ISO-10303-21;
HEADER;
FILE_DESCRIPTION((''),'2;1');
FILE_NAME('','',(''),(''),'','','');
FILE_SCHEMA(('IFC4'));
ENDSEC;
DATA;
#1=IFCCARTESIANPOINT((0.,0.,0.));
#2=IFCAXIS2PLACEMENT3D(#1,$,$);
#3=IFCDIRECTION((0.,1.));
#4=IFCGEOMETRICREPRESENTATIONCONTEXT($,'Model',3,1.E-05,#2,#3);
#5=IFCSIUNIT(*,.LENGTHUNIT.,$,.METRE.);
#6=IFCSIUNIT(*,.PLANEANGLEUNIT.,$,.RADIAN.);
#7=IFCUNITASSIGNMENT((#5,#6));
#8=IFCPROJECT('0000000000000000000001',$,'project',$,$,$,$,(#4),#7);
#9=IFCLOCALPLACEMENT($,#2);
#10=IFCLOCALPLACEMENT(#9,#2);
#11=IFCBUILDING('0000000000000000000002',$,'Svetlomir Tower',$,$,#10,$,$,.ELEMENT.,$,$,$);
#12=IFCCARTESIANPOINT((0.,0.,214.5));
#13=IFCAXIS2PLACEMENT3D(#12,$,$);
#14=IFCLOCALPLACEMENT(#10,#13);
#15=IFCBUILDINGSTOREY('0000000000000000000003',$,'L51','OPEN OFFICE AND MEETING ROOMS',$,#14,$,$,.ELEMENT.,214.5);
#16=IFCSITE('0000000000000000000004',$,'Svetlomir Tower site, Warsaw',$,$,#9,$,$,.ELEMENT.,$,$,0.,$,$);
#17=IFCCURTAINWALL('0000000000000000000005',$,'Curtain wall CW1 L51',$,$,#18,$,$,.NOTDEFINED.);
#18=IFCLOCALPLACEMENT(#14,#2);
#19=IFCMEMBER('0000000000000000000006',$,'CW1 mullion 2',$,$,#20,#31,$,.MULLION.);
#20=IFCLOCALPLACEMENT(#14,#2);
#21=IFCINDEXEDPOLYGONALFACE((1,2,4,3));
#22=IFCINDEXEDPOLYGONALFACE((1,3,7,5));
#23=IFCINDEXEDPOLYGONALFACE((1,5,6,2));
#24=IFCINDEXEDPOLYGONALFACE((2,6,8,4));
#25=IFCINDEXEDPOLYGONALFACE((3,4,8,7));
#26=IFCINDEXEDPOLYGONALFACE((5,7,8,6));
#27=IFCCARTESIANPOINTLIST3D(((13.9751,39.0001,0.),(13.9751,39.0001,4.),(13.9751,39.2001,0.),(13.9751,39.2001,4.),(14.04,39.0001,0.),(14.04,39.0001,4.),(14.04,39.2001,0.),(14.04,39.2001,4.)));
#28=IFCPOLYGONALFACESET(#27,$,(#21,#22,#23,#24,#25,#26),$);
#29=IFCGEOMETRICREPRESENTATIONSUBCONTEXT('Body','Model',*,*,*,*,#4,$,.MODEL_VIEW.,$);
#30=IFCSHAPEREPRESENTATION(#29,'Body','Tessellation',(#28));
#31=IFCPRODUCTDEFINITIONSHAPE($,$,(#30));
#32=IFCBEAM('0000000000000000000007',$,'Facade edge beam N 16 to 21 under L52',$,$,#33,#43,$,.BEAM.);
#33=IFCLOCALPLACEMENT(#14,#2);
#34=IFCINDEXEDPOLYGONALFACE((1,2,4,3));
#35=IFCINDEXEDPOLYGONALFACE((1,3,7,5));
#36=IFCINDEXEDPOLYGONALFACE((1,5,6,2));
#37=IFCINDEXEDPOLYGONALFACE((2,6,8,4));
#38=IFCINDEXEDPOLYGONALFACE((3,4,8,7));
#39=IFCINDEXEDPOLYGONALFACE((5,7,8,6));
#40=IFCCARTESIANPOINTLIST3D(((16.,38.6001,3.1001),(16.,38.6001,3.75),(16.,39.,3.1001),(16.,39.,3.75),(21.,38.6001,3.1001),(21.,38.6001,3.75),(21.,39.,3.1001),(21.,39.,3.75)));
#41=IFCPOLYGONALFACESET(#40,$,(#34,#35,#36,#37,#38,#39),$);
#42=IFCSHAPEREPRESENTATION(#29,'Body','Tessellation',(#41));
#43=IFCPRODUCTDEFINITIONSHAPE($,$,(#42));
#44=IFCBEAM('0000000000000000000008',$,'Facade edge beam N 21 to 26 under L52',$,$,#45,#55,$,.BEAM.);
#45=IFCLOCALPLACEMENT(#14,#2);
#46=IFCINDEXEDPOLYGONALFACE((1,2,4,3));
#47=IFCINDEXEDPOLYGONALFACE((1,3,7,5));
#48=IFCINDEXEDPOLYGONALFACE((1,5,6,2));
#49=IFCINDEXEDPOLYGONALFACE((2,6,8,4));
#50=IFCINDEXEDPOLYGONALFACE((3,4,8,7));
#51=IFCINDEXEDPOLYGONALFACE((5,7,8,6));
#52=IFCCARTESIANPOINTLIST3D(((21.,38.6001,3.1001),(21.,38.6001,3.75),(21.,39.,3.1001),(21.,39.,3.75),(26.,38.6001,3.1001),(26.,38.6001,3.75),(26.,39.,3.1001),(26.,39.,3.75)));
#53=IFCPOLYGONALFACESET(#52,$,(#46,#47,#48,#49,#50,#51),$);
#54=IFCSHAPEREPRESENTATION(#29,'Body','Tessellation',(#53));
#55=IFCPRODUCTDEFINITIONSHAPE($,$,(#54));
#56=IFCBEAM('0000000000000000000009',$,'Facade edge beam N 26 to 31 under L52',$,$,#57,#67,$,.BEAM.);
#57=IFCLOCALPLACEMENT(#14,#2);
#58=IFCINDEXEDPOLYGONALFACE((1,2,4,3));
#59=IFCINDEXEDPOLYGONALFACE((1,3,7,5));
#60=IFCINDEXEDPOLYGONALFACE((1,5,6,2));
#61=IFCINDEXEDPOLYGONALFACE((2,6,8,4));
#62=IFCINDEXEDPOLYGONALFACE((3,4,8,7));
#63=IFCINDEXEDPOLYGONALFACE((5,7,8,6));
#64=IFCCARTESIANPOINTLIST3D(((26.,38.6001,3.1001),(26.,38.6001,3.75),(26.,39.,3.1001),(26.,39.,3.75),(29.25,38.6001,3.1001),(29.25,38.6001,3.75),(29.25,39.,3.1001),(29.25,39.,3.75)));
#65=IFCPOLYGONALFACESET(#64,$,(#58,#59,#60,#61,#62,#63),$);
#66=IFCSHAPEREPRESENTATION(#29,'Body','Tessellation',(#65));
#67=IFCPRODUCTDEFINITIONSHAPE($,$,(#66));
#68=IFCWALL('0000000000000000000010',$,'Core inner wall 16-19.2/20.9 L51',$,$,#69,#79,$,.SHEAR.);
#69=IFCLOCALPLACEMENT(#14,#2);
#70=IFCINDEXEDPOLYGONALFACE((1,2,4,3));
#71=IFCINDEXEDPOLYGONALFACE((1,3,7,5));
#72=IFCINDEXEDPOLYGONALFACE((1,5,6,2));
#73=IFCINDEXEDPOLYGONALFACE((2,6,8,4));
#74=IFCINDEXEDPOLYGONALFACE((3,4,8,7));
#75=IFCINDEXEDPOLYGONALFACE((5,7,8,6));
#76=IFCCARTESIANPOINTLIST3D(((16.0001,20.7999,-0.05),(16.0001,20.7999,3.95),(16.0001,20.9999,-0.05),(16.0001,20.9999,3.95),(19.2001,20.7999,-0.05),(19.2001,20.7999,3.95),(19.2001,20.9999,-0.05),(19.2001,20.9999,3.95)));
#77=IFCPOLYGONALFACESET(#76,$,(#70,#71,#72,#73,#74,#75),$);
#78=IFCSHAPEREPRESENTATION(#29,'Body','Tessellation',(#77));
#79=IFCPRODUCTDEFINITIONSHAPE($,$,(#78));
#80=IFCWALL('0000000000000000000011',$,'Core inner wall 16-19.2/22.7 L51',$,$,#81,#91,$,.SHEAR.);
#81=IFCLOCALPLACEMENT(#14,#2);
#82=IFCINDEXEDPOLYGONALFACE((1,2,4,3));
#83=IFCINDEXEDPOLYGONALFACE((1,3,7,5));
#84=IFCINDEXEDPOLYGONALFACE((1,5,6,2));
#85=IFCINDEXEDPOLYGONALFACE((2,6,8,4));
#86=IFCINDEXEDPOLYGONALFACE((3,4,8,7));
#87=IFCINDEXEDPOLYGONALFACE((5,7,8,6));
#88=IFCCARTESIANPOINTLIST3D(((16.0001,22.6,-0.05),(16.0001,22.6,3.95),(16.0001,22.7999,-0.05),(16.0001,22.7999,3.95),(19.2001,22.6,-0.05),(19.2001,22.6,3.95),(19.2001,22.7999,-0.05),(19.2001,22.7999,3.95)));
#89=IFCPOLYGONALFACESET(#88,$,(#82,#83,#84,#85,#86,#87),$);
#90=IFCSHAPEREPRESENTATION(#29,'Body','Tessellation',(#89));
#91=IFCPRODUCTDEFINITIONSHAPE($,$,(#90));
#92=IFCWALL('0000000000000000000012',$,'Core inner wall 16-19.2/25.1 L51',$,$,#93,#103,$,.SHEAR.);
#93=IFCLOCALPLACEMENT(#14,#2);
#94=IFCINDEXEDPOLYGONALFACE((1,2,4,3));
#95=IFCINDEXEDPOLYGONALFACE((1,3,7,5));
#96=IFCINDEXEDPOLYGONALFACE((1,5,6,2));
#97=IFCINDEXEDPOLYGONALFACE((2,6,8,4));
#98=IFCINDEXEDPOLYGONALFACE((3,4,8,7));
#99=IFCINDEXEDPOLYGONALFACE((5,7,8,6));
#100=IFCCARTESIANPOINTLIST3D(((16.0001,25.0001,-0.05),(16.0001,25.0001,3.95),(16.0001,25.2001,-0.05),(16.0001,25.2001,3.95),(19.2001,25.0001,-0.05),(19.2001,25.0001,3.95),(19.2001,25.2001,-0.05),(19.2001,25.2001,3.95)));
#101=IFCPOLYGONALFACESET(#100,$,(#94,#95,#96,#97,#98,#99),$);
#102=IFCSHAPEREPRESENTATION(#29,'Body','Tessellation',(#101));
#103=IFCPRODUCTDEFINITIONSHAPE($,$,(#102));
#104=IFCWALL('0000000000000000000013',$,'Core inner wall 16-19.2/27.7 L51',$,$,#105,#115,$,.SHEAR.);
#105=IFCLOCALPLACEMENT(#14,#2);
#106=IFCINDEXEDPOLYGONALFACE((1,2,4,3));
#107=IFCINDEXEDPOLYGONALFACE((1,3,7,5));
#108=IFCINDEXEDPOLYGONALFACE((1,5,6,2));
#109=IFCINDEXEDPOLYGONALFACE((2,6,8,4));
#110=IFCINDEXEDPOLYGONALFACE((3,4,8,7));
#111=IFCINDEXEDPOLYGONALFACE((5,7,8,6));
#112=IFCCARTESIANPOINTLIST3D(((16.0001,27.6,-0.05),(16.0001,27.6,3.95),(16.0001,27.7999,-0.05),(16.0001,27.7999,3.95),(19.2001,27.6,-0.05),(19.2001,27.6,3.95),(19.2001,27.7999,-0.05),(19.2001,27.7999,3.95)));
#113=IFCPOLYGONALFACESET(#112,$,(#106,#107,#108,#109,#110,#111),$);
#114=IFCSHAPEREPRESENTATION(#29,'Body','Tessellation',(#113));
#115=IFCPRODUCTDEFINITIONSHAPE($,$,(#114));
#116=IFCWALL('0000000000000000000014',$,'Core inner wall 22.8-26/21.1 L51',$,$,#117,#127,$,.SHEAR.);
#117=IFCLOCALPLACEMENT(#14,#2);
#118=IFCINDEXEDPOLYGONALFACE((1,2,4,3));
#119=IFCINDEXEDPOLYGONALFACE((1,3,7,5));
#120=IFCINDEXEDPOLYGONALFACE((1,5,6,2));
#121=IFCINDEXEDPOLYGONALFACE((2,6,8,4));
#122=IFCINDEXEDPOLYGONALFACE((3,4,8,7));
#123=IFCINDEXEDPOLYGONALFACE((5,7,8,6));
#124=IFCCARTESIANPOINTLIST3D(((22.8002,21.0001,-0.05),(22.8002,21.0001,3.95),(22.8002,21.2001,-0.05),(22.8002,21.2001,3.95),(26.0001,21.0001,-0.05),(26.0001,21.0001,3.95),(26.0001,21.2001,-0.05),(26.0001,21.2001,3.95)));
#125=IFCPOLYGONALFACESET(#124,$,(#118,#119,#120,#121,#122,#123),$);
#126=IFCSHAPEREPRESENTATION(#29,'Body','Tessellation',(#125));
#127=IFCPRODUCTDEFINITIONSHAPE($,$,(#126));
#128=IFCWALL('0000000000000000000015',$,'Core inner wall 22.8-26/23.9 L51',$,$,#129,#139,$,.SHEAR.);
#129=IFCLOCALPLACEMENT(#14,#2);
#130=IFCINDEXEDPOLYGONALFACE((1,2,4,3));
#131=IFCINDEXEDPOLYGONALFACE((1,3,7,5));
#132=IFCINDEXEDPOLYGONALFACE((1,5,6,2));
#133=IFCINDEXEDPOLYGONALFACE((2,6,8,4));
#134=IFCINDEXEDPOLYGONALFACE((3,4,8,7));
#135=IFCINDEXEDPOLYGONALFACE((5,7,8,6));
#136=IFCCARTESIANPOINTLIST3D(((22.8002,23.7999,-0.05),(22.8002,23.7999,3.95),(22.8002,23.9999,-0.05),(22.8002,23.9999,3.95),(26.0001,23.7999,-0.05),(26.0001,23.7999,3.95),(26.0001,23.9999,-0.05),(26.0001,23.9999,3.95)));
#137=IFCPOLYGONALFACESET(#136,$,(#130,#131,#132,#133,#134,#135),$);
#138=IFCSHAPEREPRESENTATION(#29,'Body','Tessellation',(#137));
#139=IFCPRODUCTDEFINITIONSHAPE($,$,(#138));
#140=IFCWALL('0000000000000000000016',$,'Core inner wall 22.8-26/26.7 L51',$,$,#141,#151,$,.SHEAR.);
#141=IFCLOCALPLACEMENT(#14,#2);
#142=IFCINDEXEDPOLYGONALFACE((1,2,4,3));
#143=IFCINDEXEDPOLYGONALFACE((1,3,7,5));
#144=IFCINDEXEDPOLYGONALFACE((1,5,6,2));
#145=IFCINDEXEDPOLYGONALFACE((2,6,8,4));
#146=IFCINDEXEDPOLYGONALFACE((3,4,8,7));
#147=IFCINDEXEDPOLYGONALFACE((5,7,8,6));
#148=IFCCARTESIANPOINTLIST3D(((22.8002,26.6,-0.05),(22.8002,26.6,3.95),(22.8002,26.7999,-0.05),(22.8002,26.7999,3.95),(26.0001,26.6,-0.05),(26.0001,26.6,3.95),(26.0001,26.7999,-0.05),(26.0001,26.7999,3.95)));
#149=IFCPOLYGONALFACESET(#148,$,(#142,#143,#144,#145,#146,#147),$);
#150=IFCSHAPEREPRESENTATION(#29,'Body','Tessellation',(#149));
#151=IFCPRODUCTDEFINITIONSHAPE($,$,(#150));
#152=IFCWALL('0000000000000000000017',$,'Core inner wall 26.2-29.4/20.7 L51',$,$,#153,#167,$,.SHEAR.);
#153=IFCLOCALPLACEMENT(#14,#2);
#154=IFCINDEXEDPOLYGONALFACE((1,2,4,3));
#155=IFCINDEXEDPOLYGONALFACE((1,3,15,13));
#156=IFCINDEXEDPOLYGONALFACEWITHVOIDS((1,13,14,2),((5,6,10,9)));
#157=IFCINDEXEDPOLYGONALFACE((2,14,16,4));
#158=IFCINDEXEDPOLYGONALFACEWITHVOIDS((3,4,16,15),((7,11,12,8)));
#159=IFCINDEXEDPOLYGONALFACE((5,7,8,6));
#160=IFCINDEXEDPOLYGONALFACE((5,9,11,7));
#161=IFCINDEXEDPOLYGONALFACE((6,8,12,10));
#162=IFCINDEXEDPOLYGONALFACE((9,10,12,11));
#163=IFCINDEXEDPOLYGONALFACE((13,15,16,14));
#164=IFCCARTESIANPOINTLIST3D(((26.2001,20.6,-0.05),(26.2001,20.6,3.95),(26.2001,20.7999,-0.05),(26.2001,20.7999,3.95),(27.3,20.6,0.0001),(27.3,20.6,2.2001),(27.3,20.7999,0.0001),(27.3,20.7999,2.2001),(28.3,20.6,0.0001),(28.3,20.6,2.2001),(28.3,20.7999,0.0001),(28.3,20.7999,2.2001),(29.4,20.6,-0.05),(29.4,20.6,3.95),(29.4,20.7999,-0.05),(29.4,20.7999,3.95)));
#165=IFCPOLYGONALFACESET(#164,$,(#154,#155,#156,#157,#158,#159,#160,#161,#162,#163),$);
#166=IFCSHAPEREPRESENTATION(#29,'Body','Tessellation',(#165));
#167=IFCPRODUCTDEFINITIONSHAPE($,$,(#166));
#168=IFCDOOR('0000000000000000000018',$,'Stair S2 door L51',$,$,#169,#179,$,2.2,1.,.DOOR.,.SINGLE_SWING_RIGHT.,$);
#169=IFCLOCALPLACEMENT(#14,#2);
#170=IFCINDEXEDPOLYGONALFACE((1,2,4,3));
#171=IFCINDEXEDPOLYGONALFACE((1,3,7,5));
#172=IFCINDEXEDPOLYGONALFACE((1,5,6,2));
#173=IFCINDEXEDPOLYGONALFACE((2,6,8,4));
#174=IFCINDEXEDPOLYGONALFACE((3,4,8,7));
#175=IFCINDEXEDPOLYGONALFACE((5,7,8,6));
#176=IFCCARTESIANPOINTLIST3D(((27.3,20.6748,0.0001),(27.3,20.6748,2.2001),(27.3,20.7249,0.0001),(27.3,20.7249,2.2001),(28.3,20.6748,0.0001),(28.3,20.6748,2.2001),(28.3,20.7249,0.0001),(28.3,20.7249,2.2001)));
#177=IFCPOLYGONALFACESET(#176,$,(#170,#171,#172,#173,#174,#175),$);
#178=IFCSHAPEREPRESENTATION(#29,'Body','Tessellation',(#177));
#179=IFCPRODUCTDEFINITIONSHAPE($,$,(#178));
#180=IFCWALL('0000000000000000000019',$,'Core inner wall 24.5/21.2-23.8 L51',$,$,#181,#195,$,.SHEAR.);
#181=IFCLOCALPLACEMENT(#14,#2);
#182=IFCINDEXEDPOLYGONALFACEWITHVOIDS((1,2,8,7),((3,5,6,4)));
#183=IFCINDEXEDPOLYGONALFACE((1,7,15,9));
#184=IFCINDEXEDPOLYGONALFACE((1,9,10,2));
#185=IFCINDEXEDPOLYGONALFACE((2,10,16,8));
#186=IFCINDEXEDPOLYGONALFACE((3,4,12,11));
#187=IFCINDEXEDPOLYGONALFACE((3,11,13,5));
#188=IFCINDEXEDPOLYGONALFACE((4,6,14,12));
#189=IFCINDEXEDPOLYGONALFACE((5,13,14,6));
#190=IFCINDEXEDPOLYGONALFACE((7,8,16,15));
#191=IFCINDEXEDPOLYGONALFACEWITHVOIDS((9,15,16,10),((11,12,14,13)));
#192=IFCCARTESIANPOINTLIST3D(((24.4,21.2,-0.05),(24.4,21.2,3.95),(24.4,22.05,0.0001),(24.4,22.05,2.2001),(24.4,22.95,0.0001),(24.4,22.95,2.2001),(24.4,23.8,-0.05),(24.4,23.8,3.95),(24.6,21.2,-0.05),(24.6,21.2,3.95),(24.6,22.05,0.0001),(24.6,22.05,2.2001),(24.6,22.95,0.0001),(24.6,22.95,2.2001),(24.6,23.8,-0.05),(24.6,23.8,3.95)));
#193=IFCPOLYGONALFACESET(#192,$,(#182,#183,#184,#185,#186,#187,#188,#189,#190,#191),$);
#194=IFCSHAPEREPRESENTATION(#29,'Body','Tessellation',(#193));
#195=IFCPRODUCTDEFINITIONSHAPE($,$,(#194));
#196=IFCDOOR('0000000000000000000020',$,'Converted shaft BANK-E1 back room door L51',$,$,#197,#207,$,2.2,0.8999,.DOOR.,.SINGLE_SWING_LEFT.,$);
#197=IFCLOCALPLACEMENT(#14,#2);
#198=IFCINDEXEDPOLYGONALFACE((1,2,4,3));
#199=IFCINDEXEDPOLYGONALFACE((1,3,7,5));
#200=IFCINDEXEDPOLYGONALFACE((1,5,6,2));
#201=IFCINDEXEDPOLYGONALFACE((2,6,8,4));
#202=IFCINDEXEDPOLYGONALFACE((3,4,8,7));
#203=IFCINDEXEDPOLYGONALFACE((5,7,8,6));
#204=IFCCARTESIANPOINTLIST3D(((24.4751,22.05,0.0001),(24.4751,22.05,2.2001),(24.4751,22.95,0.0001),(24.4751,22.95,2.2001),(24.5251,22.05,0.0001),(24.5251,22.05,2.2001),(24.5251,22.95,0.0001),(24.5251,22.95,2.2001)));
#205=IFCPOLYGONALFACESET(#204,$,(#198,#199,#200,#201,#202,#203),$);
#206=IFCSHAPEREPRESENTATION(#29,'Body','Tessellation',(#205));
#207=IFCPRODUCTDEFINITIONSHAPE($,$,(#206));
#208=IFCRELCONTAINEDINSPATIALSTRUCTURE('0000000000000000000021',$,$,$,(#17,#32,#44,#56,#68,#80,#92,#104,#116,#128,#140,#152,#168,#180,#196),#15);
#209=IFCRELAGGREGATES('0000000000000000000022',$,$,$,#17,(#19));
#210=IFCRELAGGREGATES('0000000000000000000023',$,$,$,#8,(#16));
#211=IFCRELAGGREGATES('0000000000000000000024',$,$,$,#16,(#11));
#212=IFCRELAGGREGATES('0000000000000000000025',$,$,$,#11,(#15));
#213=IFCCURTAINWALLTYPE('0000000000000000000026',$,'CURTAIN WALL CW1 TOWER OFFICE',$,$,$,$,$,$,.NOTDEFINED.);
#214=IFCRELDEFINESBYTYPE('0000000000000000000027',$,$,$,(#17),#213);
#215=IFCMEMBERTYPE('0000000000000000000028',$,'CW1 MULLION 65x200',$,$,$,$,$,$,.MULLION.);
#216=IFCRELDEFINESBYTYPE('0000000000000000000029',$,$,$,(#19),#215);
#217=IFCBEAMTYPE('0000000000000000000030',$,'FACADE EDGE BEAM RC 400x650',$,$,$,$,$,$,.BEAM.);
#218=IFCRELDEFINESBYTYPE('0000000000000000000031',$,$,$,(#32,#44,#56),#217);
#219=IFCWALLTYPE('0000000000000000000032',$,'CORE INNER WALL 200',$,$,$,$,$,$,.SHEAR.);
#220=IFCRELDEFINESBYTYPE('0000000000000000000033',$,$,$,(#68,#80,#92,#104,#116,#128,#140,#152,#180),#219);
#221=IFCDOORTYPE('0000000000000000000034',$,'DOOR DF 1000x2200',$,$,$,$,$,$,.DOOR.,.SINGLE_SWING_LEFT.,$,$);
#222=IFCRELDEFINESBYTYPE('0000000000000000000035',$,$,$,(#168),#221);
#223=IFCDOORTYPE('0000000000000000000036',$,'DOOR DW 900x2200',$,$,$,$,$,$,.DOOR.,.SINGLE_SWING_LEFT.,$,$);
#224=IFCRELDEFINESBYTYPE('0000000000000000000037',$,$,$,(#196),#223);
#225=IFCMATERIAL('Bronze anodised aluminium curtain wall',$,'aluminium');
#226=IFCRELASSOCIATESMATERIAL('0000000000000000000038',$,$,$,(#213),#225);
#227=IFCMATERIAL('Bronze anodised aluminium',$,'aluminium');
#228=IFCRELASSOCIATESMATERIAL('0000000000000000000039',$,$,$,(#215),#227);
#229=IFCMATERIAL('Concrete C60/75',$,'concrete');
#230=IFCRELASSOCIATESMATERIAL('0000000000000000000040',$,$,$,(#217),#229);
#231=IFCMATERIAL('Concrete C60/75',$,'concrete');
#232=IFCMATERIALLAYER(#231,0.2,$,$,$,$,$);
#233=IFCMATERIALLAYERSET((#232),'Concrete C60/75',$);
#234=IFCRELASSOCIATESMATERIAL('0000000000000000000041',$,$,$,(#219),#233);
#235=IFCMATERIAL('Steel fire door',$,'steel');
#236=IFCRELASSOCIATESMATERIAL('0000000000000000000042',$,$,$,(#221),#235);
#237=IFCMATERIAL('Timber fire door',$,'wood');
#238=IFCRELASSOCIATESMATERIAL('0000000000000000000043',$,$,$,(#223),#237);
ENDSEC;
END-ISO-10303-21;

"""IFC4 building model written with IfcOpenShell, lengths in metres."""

from ifc_helpers import new_model, si_unit, direction, frame, frame_2d, origin, origin_2d, place, context, subcontext, project, spatial, rectangle, extrude, material, layer, layer_set, material_profile, profile_set, type_object, element, fill, aggregate, save


model = new_model("IFC4")

# Units and contexts
model_context = context("Model", 3, precision=1e-05, world=origin(), true_north=direction((0.0, 1.0)))
body_context = subcontext(model_context, "Body", "Model", "MODEL_VIEW")
ifc_project = project(units=[si_unit("LENGTHUNIT", "METRE"), si_unit("PLANEANGLEUNIT", "RADIAN")], contexts=[model_context])

# Site, building, storey
site_placement = place(None, origin())
site = spatial("IfcSite", under=ifc_project, at=site_placement, Name="Svetlomir Tower site, Warsaw", CompositionType="ELEMENT", RefElevation=0.0)
building_placement = place(site_placement, origin())
building = spatial("IfcBuilding", under=site, at=building_placement, Name="Svetlomir Tower", CompositionType="ELEMENT")
storey_placement = place(building_placement, frame((0.0, 0.0, 214.5)))
storey = spatial("IfcBuildingStorey", under=building, at=storey_placement, Name="L51", Description="OPEN OFFICE AND MEETING ROOMS", CompositionType="ELEMENT", Elevation=214.5)

# Curtain wall, member
ifc_material_1 = material(Name="Bronze anodised aluminium curtain wall", Category="aluminium")
curtain_wall_type = type_object("IfcCurtainWallType", Name="CURTAIN WALL CW1 TOWER OFFICE", PredefinedType="NOTDEFINED", material=ifc_material_1)
curtain_wall_placement = place(storey_placement, origin())
curtain_wall = element("IfcCurtainWall", 1, at=curtain_wall_placement, inside=storey, type_object=curtain_wall_type, Name="Curtain wall CW1 L51", PredefinedType="NOTDEFINED")
ifc_material_2 = material(Name="Bronze anodised aluminium", Category="aluminium")
ifc_material_profile_1 = material_profile(ifc_material_2, rectangle(XDim=0.0649, YDim=0.2, at=origin_2d()), Name="AL 65x200")
ifc_profile_set_1 = profile_set([ifc_material_profile_1], Name="Bronze anodised aluminium 6063-T6")
member_type = type_object("IfcMemberType", Name="CW1 MULLION 65x200", PredefinedType="MULLION", material=ifc_profile_set_1)
member_placement = place(storey_placement, frame((14.0076, 39.1001, 0.0), z_axis=(0.0, 0.0, 1.0), x_axis=(-1.0, 0.0, 0.0)))
member = element("IfcMember", 2, at=member_placement, type_object=member_type, Name="CW1 mullion 2", PredefinedType="MULLION", context=body_context, shape_type="SweptSolid", body=[
    extrude(rectangle(XDim=0.0649, YDim=0.2, at=origin_2d()), origin(), (0.0, 0.0, 1.0), 4.0),
])
aggregate(curtain_wall, [member])

# Beams
ifc_material_3 = material(Name="Concrete C60/75", Category="concrete")
ifc_material_profile_2 = material_profile(ifc_material_3, rectangle(XDim=0.3999, YDim=0.6499, at=origin_2d()), Name="RC 400x650")
ifc_profile_set_2 = profile_set([ifc_material_profile_2], Name="Concrete C60/75")
beam_type = type_object("IfcBeamType", Name="FACADE EDGE BEAM RC 400x650", PredefinedType="BEAM", material=ifc_profile_set_2)
for number, where, z_axis, x_axis, name in (
    (3, (16.0, 38.8, 3.425), (1.0, 0.0, 0.0), (0.0, 1.0, 0.0), "Facade edge beam N 16 to 21 under L52"),
    (4, (21.0, 38.8, 3.425), (1.0, 0.0, 0.0), (0.0, 1.0, 0.0), "Facade edge beam N 21 to 26 under L52"),
):
    element("IfcBeam", number, at=place(storey_placement, frame(where, z_axis=z_axis, x_axis=x_axis)), inside=storey, type_object=beam_type, Name=name, PredefinedType="BEAM", context=body_context, shape_type="SweptSolid", body=[
        extrude(rectangle(XDim=0.3999, YDim=0.6499, at=origin_2d()), origin(), (0.0, 0.0, 1.0), 5.0),
    ])
beam_placement = place(storey_placement, frame((26.0, 38.8, 3.425), z_axis=(1.0, 0.0, 0.0), x_axis=(0.0, 1.0, 0.0)))
element("IfcBeam", 5, at=beam_placement, inside=storey, type_object=beam_type, Name="Facade edge beam N 26 to 31 under L52", PredefinedType="BEAM", context=body_context, shape_type="SweptSolid", body=[
    extrude(rectangle(XDim=0.3999, YDim=0.6499, at=origin_2d()), origin(), (0.0, 0.0, 1.0), 3.25),
])

# Walls
ifc_material_4 = material(Name="Concrete C60/75", Category="concrete")
ifc_layer_1 = layer(ifc_material_4, 0.2)
ifc_layer_set_1 = layer_set([ifc_layer_1], Name="Concrete C60/75")
wall_type_1 = type_object("IfcWallType", Name="CORE INNER WALL 200", PredefinedType="SHEAR", material=ifc_layer_set_1)
for number, where, z_axis, x_axis, name in (
    (6, (16.0, 20.8999, -0.05), (0.0, 0.0, 1.0), (1.0, 0.0, 0.0), "Core inner wall 16-19.2/20.9 L51"),
    (7, (16.0, 22.7, -0.05), (0.0, 0.0, 1.0), (1.0, 0.0, 0.0), "Core inner wall 16-19.2/22.7 L51"),
    (8, (16.0, 25.1001, -0.05), (0.0, 0.0, 1.0), (1.0, 0.0, 0.0), "Core inner wall 16-19.2/25.1 L51"),
    (9, (16.0, 27.7, -0.05), (0.0, 0.0, 1.0), (1.0, 0.0, 0.0), "Core inner wall 16-19.2/27.7 L51"),
    (10, (22.8, 21.1001, -0.05), (0.0, 0.0, 1.0), (1.0, 0.0, 0.0), "Core inner wall 22.8-26/21.1 L51"),
    (11, (22.8, 23.8999, -0.05), (0.0, 0.0, 1.0), (1.0, 0.0, 0.0), "Core inner wall 22.8-26/23.9 L51"),
    (12, (22.8, 26.7, -0.05), (0.0, 0.0, 1.0), (1.0, 0.0, 0.0), "Core inner wall 22.8-26/26.7 L51"),
):
    element("IfcWall", number, at=place(storey_placement, frame(where, z_axis=z_axis, x_axis=x_axis)), inside=storey, type_object=wall_type_1, Name=name, PredefinedType="SHEAR", context=body_context, shape_type="SweptSolid", body=[
        extrude(rectangle(XDim=3.2, YDim=0.2, at=frame_2d((1.6001, 0.0))), origin(), (0.0, 0.0, 1.0), 4.0),
    ])

# Walls, openings, doors
wall_1_placement = place(storey_placement, frame((26.2, 20.7, -0.05), z_axis=(0.0, 0.0, 1.0), x_axis=(1.0, 0.0, 0.0)))
wall_1 = element("IfcWall", 13, at=wall_1_placement, inside=storey, type_object=wall_type_1, Name="Core inner wall 26.2-29.4/20.7 L51", PredefinedType="SHEAR", context=body_context, shape_type="SweptSolid", body=[
    extrude(rectangle(XDim=3.2, YDim=0.2, at=frame_2d((1.6001, 0.0))), origin(), (0.0, 0.0, 1.0), 4.0),
])
opening_1_placement = place(wall_1_placement, frame((1.1001, 0.0, 0.05)))
opening_1 = element("IfcOpeningElement", 14, at=opening_1_placement, cuts=wall_1, PredefinedType="OPENING", context=body_context, shape_type="SweptSolid", body=[
    extrude(rectangle(XDim=1.0, YDim=2.2, at=frame_2d((0.5, 1.1001))), frame((0.0, 0.1099, 0.0), z_axis=(0.0, -1.0, 0.0), x_axis=(1.0, 0.0, 0.0)), (0.0, 0.0, 1.0), 0.22),
])
ifc_material_5 = material(Name="Steel fire door", Category="steel")
door_type_1 = type_object("IfcDoorType", Name="DOOR DF 1000x2200", OperationType="SINGLE_SWING_LEFT", PredefinedType="DOOR", material=ifc_material_5)
door_1_placement = place(opening_1_placement, origin())
door_1 = element("IfcDoor", 15, at=door_1_placement, inside=storey, type_object=door_type_1, Name="Stair S2 door L51", OperationType="SINGLE_SWING_RIGHT", OverallHeight=2.2, OverallWidth=1.0, PredefinedType="DOOR", context=body_context, shape_type="SweptSolid", body=[
    extrude(rectangle(XDim=1.0, YDim=2.2, at=frame_2d((0.5, 1.1001))), frame((0.0, 0.0249, 0.0), z_axis=(0.0, -1.0, 0.0), x_axis=(1.0, 0.0, 0.0)), (0.0, 0.0, 1.0), 0.05),
])
fill(opening_1, door_1)
wall_2_placement = place(storey_placement, frame((24.5, 21.2, -0.05), z_axis=(0.0, 0.0, 1.0), x_axis=(0.0, 1.0, 0.0)))
wall_2 = element("IfcWall", 16, at=wall_2_placement, inside=storey, type_object=wall_type_1, Name="Core inner wall 24.5/21.2-23.8 L51", PredefinedType="SHEAR", context=body_context, shape_type="SweptSolid", body=[
    extrude(rectangle(XDim=2.6001, YDim=0.2, at=frame_2d((1.3, 0.0))), origin(), (0.0, 0.0, 1.0), 4.0),
])
opening_2_placement = place(wall_2_placement, frame((0.8501, 0.0, 0.05)))
opening_2 = element("IfcOpeningElement", 17, at=opening_2_placement, cuts=wall_2, PredefinedType="OPENING", context=body_context, shape_type="SweptSolid", body=[
    extrude(rectangle(XDim=0.8999, YDim=2.2, at=frame_2d((0.45, 1.1001))), frame((0.0, 0.1099, 0.0), z_axis=(0.0, -1.0, 0.0), x_axis=(1.0, 0.0, 0.0)), (0.0, 0.0, 1.0), 0.22),
])
ifc_material_6 = material(Name="Timber fire door", Category="wood")
door_type_2 = type_object("IfcDoorType", Name="DOOR DW 900x2200", OperationType="SINGLE_SWING_LEFT", PredefinedType="DOOR", material=ifc_material_6)
door_2_placement = place(opening_2_placement, origin())
door_2 = element("IfcDoor", 18, at=door_2_placement, inside=storey, type_object=door_type_2, Name="Converted shaft BANK-E1 back room door L51", OperationType="SINGLE_SWING_LEFT", OverallHeight=2.2, OverallWidth=0.8999, PredefinedType="DOOR", context=body_context, shape_type="SweptSolid", body=[
    extrude(rectangle(XDim=0.8999, YDim=2.2, at=frame_2d((0.45, 1.1001))), frame((0.0, 0.0249, 0.0), z_axis=(0.0, -1.0, 0.0), x_axis=(1.0, 0.0, 0.0)), (0.0, 0.0, 1.0), 0.05),
])
fill(opening_2, door_2)

save(model, "model.ifc")
